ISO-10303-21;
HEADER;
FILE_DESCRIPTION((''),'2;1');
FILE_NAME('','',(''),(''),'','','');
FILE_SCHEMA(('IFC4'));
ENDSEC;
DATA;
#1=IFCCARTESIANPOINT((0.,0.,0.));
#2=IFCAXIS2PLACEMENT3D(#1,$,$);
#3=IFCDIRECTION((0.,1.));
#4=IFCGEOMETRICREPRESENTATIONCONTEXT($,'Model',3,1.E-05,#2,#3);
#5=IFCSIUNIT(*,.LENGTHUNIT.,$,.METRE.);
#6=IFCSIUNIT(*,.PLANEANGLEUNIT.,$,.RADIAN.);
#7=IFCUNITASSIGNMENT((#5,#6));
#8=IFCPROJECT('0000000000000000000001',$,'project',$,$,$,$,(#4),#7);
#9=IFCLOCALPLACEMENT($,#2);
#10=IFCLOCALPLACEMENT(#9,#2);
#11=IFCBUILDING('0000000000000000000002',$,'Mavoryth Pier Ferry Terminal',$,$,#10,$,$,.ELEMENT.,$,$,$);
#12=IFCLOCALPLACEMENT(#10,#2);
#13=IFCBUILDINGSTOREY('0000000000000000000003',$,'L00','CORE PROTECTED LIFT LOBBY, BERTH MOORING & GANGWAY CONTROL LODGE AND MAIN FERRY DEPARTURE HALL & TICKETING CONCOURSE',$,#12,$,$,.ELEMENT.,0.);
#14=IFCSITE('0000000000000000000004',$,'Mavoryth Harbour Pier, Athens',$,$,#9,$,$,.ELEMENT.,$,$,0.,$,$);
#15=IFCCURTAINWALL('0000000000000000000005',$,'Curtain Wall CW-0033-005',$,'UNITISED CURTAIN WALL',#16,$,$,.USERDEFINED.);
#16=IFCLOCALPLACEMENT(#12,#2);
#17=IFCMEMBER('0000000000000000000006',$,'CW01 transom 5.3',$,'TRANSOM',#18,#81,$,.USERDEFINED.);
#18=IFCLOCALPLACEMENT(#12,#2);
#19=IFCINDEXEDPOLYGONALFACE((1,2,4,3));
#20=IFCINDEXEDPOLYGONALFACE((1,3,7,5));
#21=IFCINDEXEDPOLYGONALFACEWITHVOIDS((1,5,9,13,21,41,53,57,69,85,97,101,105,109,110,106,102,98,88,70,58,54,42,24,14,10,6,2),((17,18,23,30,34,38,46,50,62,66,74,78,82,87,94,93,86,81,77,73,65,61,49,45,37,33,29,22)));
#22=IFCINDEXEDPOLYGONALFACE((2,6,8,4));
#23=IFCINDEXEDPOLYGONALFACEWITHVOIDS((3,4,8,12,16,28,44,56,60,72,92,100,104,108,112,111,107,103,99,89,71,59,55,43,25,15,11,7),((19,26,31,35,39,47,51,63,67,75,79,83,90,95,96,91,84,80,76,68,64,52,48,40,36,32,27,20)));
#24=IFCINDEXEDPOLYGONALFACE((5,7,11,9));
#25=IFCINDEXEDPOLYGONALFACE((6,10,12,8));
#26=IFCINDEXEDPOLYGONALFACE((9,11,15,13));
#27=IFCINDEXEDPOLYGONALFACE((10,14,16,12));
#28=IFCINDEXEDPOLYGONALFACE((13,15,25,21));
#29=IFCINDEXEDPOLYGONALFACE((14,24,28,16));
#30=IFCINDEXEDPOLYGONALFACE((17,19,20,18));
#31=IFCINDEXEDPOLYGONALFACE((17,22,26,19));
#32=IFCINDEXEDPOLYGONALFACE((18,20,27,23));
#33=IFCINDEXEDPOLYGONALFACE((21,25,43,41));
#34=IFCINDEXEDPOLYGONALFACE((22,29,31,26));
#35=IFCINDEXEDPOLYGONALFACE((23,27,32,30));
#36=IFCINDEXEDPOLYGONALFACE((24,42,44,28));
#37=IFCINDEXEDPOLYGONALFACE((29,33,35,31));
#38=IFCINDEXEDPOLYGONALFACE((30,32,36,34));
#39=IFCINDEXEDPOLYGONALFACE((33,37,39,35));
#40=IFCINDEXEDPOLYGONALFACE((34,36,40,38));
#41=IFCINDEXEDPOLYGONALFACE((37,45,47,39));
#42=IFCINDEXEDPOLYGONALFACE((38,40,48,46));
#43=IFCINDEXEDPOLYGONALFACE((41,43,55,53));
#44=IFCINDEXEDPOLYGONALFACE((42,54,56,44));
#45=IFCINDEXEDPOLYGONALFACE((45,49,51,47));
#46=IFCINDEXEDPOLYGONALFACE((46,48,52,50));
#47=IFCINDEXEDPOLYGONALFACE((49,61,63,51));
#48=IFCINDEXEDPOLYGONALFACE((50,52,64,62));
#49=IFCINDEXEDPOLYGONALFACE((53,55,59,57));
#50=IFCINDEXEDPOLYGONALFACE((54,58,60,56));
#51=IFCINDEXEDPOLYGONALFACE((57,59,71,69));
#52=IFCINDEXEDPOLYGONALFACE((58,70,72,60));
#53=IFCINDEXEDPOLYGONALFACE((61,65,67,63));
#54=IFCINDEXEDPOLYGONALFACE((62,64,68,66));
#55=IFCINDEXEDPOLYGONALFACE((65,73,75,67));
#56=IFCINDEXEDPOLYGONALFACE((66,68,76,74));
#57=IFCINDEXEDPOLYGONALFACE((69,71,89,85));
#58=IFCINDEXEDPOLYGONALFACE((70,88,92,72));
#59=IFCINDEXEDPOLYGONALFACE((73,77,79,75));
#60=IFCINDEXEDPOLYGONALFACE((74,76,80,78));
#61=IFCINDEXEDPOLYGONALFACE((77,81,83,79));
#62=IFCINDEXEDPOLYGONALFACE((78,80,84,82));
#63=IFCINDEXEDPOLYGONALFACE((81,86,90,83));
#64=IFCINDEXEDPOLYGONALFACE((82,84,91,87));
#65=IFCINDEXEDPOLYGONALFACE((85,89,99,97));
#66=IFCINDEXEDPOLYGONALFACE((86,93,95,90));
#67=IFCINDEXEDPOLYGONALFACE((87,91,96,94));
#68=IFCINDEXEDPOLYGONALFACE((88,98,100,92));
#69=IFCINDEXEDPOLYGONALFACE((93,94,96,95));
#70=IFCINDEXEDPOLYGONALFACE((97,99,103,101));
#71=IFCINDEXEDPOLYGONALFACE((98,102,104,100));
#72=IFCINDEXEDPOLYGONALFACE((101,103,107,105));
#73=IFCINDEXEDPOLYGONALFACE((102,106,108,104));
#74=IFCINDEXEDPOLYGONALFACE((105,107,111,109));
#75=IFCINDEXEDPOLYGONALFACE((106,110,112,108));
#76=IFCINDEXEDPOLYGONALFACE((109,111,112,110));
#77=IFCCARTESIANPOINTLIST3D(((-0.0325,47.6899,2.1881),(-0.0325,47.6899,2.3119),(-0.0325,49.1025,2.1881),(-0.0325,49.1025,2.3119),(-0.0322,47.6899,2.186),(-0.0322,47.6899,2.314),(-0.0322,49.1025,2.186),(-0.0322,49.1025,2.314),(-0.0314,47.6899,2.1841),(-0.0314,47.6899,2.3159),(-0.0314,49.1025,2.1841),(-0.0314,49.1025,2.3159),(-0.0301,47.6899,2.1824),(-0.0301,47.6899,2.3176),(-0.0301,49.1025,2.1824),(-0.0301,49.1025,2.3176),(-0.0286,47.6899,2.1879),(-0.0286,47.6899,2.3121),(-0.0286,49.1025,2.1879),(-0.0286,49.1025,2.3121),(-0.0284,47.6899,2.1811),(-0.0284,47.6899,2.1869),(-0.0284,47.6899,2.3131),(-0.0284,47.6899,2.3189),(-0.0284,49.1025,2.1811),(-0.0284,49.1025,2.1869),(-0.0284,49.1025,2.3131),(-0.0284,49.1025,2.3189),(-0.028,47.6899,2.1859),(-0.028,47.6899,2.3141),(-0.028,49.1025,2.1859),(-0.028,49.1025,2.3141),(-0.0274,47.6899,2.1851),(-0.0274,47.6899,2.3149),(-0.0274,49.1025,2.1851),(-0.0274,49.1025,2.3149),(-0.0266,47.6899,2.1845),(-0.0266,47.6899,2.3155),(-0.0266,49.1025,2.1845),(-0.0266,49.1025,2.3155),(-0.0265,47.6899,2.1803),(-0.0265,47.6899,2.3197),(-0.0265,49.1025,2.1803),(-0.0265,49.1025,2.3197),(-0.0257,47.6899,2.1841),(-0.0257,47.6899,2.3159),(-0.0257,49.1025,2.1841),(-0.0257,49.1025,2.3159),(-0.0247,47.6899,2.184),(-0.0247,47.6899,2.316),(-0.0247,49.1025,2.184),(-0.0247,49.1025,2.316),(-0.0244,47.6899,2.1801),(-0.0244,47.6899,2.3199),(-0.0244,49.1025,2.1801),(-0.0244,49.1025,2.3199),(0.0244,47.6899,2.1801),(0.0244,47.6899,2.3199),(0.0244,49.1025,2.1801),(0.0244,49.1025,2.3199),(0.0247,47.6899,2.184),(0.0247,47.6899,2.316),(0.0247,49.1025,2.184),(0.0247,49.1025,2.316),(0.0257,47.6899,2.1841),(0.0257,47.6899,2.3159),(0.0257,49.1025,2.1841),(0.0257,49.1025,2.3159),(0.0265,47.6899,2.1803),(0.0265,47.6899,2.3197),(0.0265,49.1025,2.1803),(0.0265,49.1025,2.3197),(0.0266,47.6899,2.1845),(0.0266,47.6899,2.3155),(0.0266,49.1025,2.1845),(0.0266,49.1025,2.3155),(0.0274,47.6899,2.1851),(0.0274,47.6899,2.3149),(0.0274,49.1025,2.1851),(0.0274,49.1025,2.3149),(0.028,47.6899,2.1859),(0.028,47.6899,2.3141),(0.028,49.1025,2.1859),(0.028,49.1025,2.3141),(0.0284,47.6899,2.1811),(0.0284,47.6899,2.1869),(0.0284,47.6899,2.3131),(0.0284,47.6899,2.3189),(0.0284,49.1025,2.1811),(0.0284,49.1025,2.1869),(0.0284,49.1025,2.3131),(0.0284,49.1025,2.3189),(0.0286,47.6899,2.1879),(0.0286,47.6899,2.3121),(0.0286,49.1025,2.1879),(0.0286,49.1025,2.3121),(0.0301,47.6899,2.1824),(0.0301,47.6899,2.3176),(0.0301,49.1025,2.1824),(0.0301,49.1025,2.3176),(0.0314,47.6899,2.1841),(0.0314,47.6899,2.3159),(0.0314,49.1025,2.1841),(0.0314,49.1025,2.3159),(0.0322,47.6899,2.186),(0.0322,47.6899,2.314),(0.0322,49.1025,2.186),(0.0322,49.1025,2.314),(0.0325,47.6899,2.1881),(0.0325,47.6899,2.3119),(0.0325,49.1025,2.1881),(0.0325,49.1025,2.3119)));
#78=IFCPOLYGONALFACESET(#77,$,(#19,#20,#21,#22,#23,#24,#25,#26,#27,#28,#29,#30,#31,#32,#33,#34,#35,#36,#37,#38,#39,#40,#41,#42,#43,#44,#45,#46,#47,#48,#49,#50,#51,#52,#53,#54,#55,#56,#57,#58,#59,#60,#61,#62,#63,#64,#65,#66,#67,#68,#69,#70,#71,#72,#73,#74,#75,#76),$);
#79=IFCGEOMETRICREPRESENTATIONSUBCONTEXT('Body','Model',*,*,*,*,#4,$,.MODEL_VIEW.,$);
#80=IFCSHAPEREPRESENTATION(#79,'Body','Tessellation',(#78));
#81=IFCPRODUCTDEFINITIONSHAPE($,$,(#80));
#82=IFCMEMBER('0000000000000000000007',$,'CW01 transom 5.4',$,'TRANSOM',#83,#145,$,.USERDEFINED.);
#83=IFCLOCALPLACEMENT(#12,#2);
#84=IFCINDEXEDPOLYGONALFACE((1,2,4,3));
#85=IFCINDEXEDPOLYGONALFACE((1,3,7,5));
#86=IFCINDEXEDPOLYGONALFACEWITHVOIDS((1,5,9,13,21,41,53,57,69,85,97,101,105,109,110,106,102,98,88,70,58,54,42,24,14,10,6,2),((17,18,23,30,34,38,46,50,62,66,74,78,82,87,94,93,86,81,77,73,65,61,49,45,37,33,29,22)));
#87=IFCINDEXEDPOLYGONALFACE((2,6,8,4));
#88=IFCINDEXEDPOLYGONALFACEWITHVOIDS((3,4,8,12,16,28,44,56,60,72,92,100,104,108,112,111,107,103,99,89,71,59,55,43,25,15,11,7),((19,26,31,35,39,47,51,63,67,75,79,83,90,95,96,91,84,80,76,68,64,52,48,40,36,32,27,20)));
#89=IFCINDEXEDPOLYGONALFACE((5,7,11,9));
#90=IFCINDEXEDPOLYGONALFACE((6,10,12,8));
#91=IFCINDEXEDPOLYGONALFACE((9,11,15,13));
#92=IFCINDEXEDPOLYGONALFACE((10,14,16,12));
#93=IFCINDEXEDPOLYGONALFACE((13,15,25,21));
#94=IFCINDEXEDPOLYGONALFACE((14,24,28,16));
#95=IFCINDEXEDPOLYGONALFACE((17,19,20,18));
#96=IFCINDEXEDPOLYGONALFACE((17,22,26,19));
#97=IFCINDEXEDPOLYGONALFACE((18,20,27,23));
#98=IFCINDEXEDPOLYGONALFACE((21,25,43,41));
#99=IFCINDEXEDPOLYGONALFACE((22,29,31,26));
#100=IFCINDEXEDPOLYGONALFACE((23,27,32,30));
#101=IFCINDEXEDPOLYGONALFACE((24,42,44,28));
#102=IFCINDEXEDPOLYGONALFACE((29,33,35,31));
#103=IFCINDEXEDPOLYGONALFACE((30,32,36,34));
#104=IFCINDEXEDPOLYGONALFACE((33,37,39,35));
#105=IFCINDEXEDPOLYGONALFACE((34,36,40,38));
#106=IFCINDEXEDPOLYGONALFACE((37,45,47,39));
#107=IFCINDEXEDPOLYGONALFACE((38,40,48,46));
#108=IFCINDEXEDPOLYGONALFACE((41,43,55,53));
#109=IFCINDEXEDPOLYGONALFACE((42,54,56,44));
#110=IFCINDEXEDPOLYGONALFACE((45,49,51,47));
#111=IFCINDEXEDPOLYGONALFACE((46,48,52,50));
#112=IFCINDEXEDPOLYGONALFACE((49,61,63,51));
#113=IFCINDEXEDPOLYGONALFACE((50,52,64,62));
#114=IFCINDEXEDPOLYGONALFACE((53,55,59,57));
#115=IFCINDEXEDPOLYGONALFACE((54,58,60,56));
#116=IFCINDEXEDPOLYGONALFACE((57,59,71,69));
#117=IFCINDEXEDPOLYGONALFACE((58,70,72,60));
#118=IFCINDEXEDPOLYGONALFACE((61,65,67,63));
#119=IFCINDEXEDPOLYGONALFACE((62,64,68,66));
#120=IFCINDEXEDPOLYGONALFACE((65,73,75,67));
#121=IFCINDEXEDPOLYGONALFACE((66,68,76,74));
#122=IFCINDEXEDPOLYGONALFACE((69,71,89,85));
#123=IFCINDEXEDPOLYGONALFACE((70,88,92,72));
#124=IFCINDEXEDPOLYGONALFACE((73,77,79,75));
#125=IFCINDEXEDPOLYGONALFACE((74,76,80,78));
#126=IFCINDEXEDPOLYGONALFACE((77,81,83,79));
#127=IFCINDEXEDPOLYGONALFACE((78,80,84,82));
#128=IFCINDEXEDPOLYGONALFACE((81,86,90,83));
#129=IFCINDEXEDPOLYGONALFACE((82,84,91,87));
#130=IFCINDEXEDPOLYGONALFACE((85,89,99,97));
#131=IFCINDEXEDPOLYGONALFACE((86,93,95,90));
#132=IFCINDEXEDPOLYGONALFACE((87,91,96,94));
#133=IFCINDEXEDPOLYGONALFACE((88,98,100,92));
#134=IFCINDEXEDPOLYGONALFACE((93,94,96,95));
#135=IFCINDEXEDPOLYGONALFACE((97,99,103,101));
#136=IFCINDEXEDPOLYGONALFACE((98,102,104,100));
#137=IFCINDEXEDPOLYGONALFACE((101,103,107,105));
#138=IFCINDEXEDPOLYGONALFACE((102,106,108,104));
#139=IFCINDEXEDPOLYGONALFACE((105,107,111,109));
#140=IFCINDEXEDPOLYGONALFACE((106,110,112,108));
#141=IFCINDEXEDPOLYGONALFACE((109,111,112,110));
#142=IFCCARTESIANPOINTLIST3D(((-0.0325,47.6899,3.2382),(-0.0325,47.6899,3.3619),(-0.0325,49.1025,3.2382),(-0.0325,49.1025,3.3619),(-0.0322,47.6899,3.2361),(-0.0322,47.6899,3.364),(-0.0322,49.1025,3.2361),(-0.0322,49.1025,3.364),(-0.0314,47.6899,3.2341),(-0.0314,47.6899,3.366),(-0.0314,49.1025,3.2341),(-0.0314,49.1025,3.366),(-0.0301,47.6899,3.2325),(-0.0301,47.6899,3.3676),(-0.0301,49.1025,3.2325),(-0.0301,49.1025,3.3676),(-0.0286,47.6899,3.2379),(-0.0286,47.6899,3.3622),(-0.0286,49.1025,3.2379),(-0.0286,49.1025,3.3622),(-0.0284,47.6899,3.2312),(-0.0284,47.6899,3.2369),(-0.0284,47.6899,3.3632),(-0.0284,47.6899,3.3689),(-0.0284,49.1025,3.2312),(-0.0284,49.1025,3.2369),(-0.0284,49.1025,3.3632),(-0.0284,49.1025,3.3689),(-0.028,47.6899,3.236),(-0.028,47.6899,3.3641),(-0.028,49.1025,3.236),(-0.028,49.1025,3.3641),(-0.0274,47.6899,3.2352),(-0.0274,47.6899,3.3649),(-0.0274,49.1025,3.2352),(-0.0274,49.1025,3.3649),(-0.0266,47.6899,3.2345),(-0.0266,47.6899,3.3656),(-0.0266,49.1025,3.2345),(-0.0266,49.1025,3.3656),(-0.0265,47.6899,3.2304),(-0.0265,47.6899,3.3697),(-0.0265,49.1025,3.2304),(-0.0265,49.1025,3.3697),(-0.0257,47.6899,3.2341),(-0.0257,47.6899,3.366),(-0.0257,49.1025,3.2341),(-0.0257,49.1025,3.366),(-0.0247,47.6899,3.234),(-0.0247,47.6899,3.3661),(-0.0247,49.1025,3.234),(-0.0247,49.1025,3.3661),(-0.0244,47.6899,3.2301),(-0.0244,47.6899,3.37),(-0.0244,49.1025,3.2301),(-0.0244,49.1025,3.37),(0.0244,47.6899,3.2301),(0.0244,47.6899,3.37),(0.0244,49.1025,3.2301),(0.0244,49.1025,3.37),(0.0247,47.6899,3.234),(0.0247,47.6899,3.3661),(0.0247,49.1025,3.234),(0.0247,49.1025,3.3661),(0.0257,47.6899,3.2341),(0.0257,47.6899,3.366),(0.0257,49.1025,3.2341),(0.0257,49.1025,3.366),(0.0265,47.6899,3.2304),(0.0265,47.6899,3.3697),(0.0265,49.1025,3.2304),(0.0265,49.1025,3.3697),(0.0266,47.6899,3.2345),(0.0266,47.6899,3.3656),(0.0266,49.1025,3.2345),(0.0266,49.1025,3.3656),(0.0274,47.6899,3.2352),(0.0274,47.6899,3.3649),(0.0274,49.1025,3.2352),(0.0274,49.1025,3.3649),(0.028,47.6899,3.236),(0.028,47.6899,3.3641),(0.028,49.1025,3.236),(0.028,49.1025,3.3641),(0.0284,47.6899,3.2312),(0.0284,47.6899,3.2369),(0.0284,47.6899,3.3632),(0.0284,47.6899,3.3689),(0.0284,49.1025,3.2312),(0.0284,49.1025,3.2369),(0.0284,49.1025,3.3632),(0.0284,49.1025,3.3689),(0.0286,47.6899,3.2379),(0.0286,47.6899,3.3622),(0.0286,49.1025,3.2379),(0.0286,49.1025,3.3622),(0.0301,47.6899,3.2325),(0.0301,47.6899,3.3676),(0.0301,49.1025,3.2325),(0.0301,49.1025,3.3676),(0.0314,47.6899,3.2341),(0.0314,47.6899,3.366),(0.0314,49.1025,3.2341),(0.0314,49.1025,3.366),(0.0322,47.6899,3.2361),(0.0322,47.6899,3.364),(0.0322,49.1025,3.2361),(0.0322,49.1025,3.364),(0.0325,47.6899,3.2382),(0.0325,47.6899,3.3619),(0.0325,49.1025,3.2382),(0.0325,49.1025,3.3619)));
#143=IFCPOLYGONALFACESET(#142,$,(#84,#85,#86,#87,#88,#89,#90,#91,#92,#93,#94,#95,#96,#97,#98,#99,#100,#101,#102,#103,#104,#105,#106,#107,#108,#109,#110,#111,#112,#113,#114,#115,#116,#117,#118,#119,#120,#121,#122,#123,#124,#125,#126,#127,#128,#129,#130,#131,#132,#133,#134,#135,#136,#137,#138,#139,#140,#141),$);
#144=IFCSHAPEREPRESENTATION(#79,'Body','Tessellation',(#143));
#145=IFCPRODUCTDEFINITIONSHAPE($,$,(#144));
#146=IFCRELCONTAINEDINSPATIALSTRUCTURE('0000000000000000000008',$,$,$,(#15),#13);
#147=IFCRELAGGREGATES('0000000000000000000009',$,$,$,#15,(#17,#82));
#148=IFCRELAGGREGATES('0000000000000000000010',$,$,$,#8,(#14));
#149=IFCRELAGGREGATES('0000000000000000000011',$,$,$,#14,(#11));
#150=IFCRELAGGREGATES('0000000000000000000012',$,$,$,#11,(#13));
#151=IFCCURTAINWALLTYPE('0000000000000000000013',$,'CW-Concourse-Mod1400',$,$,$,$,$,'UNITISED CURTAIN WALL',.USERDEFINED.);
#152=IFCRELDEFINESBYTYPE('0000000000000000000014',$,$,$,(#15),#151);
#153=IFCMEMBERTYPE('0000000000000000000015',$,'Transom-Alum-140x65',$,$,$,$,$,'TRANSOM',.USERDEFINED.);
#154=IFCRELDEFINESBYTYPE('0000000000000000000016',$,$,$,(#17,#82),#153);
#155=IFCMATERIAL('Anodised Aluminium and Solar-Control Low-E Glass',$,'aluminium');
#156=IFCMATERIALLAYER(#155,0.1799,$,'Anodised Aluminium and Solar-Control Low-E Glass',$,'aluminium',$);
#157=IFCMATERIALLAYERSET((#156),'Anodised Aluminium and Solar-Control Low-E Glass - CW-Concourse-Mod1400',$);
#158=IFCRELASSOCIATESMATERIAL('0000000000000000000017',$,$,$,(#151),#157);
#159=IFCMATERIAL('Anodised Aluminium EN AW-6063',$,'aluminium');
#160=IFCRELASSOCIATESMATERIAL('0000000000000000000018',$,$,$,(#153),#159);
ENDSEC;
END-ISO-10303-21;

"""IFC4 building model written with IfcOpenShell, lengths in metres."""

from ifc_helpers import new_model, si_unit, direction, frame, origin, origin_2d, place, context, subcontext, project, spatial, hollow_rectangle, extrude, material, layer, layer_set, material_profile, profile_set, type_object, element, aggregate, save


model = new_model("IFC4")

# Units and contexts
model_context = context("Model", 3, precision=1e-05, world=origin(), true_north=direction((0.0, 1.0)))
body_context = subcontext(model_context, "Body", "Model", "MODEL_VIEW")
ifc_project = project(units=[si_unit("LENGTHUNIT", "METRE"), si_unit("PLANEANGLEUNIT", "RADIAN")], contexts=[model_context])

# Site, building, storey
site_placement = place(None, origin())
site = spatial("IfcSite", under=ifc_project, at=site_placement, Name="Mavoryth Harbour Pier, Athens", CompositionType="ELEMENT", RefElevation=0.0)
building_placement = place(site_placement, origin())
building = spatial("IfcBuilding", under=site, at=building_placement, Name="Mavoryth Pier Ferry Terminal", CompositionType="ELEMENT")
storey_placement = place(building_placement, origin())
storey = spatial("IfcBuildingStorey", under=building, at=storey_placement, Name="L00", Description="CORE PROTECTED LIFT LOBBY, BERTH MOORING & GANGWAY CONTROL LODGE AND MAIN FERRY DEPARTURE HALL & TICKETING CONCOURSE", CompositionType="ELEMENT", Elevation=0.0)

# Curtain wall, members
ifc_material_1 = material(Name="Anodised Aluminium and Solar-Control Low-E Glass", Category="aluminium")
ifc_layer_1 = layer(ifc_material_1, 0.1799, Name="Anodised Aluminium and Solar-Control Low-E Glass", Category="aluminium")
ifc_layer_set_1 = layer_set([ifc_layer_1], Name="Anodised Aluminium and Solar-Control Low-E Glass - CW-Concourse-Mod1400")
curtain_wall_type = type_object("IfcCurtainWallType", Name="CW-Concourse-Mod1400", ElementType="UNITISED CURTAIN WALL", PredefinedType="USERDEFINED", material=ifc_layer_set_1)
curtain_wall_placement = place(storey_placement, origin())
curtain_wall = element("IfcCurtainWall", 1, at=curtain_wall_placement, inside=storey, type_object=curtain_wall_type, Name="Curtain Wall CW-0033-005", ObjectType="UNITISED CURTAIN WALL", PredefinedType="USERDEFINED")
ifc_material_2 = material(Name="Anodised Aluminium EN AW-6063", Category="aluminium")
ifc_material_profile_1 = material_profile(ifc_material_2, hollow_rectangle(XDim=0.0649, YDim=0.1399, WallThickness=0.0039, InnerFilletRadius=0.0039, OuterFilletRadius=0.0081, at=origin_2d()), Name="AL-TRAN 140x65x4", Category="aluminium")
ifc_profile_set_1 = profile_set([ifc_material_profile_1], Name="Anodised Aluminium EN AW-6063 - AL-TRAN 140x65x4")
member_type_1 = type_object("IfcMemberType", Name="Transom-Alum-140x65", ElementType="TRANSOM", PredefinedType="USERDEFINED", material=ifc_profile_set_1)
member_1_placement = place(storey_placement, frame((0.0, 49.1025, 2.25), z_axis=(0.0, -1.0, 0.0), x_axis=(1.0, 0.0, 0.0)))
member_1 = element("IfcMember", 2, at=member_1_placement, type_object=member_type_1, Name="CW01 transom 5.3", ObjectType="TRANSOM", PredefinedType="USERDEFINED", context=body_context, shape_type="SweptSolid", body=[
    extrude(hollow_rectangle(XDim=0.0649, YDim=0.1399, WallThickness=0.0039, InnerFilletRadius=0.0039, OuterFilletRadius=0.0081, at=origin_2d()), origin(), (0.0, 0.0, 1.0), 1.4126),
])
member_2_placement = place(storey_placement, frame((0.0, 49.1025, 3.3), z_axis=(0.0, -1.0, 0.0), x_axis=(1.0, 0.0, 0.0)))
member_2 = element("IfcMember", 3, at=member_2_placement, type_object=member_type_1, Name="CW01 transom 5.4", ObjectType="TRANSOM", PredefinedType="USERDEFINED", context=body_context, shape_type="SweptSolid", body=[
    extrude(hollow_rectangle(XDim=0.0649, YDim=0.1399, WallThickness=0.0039, InnerFilletRadius=0.0039, OuterFilletRadius=0.0081, at=origin_2d()), origin(), (0.0, 0.0, 1.0), 1.4126),
])
aggregate(curtain_wall, [member_1, member_2])

save(model, "model.ifc")
